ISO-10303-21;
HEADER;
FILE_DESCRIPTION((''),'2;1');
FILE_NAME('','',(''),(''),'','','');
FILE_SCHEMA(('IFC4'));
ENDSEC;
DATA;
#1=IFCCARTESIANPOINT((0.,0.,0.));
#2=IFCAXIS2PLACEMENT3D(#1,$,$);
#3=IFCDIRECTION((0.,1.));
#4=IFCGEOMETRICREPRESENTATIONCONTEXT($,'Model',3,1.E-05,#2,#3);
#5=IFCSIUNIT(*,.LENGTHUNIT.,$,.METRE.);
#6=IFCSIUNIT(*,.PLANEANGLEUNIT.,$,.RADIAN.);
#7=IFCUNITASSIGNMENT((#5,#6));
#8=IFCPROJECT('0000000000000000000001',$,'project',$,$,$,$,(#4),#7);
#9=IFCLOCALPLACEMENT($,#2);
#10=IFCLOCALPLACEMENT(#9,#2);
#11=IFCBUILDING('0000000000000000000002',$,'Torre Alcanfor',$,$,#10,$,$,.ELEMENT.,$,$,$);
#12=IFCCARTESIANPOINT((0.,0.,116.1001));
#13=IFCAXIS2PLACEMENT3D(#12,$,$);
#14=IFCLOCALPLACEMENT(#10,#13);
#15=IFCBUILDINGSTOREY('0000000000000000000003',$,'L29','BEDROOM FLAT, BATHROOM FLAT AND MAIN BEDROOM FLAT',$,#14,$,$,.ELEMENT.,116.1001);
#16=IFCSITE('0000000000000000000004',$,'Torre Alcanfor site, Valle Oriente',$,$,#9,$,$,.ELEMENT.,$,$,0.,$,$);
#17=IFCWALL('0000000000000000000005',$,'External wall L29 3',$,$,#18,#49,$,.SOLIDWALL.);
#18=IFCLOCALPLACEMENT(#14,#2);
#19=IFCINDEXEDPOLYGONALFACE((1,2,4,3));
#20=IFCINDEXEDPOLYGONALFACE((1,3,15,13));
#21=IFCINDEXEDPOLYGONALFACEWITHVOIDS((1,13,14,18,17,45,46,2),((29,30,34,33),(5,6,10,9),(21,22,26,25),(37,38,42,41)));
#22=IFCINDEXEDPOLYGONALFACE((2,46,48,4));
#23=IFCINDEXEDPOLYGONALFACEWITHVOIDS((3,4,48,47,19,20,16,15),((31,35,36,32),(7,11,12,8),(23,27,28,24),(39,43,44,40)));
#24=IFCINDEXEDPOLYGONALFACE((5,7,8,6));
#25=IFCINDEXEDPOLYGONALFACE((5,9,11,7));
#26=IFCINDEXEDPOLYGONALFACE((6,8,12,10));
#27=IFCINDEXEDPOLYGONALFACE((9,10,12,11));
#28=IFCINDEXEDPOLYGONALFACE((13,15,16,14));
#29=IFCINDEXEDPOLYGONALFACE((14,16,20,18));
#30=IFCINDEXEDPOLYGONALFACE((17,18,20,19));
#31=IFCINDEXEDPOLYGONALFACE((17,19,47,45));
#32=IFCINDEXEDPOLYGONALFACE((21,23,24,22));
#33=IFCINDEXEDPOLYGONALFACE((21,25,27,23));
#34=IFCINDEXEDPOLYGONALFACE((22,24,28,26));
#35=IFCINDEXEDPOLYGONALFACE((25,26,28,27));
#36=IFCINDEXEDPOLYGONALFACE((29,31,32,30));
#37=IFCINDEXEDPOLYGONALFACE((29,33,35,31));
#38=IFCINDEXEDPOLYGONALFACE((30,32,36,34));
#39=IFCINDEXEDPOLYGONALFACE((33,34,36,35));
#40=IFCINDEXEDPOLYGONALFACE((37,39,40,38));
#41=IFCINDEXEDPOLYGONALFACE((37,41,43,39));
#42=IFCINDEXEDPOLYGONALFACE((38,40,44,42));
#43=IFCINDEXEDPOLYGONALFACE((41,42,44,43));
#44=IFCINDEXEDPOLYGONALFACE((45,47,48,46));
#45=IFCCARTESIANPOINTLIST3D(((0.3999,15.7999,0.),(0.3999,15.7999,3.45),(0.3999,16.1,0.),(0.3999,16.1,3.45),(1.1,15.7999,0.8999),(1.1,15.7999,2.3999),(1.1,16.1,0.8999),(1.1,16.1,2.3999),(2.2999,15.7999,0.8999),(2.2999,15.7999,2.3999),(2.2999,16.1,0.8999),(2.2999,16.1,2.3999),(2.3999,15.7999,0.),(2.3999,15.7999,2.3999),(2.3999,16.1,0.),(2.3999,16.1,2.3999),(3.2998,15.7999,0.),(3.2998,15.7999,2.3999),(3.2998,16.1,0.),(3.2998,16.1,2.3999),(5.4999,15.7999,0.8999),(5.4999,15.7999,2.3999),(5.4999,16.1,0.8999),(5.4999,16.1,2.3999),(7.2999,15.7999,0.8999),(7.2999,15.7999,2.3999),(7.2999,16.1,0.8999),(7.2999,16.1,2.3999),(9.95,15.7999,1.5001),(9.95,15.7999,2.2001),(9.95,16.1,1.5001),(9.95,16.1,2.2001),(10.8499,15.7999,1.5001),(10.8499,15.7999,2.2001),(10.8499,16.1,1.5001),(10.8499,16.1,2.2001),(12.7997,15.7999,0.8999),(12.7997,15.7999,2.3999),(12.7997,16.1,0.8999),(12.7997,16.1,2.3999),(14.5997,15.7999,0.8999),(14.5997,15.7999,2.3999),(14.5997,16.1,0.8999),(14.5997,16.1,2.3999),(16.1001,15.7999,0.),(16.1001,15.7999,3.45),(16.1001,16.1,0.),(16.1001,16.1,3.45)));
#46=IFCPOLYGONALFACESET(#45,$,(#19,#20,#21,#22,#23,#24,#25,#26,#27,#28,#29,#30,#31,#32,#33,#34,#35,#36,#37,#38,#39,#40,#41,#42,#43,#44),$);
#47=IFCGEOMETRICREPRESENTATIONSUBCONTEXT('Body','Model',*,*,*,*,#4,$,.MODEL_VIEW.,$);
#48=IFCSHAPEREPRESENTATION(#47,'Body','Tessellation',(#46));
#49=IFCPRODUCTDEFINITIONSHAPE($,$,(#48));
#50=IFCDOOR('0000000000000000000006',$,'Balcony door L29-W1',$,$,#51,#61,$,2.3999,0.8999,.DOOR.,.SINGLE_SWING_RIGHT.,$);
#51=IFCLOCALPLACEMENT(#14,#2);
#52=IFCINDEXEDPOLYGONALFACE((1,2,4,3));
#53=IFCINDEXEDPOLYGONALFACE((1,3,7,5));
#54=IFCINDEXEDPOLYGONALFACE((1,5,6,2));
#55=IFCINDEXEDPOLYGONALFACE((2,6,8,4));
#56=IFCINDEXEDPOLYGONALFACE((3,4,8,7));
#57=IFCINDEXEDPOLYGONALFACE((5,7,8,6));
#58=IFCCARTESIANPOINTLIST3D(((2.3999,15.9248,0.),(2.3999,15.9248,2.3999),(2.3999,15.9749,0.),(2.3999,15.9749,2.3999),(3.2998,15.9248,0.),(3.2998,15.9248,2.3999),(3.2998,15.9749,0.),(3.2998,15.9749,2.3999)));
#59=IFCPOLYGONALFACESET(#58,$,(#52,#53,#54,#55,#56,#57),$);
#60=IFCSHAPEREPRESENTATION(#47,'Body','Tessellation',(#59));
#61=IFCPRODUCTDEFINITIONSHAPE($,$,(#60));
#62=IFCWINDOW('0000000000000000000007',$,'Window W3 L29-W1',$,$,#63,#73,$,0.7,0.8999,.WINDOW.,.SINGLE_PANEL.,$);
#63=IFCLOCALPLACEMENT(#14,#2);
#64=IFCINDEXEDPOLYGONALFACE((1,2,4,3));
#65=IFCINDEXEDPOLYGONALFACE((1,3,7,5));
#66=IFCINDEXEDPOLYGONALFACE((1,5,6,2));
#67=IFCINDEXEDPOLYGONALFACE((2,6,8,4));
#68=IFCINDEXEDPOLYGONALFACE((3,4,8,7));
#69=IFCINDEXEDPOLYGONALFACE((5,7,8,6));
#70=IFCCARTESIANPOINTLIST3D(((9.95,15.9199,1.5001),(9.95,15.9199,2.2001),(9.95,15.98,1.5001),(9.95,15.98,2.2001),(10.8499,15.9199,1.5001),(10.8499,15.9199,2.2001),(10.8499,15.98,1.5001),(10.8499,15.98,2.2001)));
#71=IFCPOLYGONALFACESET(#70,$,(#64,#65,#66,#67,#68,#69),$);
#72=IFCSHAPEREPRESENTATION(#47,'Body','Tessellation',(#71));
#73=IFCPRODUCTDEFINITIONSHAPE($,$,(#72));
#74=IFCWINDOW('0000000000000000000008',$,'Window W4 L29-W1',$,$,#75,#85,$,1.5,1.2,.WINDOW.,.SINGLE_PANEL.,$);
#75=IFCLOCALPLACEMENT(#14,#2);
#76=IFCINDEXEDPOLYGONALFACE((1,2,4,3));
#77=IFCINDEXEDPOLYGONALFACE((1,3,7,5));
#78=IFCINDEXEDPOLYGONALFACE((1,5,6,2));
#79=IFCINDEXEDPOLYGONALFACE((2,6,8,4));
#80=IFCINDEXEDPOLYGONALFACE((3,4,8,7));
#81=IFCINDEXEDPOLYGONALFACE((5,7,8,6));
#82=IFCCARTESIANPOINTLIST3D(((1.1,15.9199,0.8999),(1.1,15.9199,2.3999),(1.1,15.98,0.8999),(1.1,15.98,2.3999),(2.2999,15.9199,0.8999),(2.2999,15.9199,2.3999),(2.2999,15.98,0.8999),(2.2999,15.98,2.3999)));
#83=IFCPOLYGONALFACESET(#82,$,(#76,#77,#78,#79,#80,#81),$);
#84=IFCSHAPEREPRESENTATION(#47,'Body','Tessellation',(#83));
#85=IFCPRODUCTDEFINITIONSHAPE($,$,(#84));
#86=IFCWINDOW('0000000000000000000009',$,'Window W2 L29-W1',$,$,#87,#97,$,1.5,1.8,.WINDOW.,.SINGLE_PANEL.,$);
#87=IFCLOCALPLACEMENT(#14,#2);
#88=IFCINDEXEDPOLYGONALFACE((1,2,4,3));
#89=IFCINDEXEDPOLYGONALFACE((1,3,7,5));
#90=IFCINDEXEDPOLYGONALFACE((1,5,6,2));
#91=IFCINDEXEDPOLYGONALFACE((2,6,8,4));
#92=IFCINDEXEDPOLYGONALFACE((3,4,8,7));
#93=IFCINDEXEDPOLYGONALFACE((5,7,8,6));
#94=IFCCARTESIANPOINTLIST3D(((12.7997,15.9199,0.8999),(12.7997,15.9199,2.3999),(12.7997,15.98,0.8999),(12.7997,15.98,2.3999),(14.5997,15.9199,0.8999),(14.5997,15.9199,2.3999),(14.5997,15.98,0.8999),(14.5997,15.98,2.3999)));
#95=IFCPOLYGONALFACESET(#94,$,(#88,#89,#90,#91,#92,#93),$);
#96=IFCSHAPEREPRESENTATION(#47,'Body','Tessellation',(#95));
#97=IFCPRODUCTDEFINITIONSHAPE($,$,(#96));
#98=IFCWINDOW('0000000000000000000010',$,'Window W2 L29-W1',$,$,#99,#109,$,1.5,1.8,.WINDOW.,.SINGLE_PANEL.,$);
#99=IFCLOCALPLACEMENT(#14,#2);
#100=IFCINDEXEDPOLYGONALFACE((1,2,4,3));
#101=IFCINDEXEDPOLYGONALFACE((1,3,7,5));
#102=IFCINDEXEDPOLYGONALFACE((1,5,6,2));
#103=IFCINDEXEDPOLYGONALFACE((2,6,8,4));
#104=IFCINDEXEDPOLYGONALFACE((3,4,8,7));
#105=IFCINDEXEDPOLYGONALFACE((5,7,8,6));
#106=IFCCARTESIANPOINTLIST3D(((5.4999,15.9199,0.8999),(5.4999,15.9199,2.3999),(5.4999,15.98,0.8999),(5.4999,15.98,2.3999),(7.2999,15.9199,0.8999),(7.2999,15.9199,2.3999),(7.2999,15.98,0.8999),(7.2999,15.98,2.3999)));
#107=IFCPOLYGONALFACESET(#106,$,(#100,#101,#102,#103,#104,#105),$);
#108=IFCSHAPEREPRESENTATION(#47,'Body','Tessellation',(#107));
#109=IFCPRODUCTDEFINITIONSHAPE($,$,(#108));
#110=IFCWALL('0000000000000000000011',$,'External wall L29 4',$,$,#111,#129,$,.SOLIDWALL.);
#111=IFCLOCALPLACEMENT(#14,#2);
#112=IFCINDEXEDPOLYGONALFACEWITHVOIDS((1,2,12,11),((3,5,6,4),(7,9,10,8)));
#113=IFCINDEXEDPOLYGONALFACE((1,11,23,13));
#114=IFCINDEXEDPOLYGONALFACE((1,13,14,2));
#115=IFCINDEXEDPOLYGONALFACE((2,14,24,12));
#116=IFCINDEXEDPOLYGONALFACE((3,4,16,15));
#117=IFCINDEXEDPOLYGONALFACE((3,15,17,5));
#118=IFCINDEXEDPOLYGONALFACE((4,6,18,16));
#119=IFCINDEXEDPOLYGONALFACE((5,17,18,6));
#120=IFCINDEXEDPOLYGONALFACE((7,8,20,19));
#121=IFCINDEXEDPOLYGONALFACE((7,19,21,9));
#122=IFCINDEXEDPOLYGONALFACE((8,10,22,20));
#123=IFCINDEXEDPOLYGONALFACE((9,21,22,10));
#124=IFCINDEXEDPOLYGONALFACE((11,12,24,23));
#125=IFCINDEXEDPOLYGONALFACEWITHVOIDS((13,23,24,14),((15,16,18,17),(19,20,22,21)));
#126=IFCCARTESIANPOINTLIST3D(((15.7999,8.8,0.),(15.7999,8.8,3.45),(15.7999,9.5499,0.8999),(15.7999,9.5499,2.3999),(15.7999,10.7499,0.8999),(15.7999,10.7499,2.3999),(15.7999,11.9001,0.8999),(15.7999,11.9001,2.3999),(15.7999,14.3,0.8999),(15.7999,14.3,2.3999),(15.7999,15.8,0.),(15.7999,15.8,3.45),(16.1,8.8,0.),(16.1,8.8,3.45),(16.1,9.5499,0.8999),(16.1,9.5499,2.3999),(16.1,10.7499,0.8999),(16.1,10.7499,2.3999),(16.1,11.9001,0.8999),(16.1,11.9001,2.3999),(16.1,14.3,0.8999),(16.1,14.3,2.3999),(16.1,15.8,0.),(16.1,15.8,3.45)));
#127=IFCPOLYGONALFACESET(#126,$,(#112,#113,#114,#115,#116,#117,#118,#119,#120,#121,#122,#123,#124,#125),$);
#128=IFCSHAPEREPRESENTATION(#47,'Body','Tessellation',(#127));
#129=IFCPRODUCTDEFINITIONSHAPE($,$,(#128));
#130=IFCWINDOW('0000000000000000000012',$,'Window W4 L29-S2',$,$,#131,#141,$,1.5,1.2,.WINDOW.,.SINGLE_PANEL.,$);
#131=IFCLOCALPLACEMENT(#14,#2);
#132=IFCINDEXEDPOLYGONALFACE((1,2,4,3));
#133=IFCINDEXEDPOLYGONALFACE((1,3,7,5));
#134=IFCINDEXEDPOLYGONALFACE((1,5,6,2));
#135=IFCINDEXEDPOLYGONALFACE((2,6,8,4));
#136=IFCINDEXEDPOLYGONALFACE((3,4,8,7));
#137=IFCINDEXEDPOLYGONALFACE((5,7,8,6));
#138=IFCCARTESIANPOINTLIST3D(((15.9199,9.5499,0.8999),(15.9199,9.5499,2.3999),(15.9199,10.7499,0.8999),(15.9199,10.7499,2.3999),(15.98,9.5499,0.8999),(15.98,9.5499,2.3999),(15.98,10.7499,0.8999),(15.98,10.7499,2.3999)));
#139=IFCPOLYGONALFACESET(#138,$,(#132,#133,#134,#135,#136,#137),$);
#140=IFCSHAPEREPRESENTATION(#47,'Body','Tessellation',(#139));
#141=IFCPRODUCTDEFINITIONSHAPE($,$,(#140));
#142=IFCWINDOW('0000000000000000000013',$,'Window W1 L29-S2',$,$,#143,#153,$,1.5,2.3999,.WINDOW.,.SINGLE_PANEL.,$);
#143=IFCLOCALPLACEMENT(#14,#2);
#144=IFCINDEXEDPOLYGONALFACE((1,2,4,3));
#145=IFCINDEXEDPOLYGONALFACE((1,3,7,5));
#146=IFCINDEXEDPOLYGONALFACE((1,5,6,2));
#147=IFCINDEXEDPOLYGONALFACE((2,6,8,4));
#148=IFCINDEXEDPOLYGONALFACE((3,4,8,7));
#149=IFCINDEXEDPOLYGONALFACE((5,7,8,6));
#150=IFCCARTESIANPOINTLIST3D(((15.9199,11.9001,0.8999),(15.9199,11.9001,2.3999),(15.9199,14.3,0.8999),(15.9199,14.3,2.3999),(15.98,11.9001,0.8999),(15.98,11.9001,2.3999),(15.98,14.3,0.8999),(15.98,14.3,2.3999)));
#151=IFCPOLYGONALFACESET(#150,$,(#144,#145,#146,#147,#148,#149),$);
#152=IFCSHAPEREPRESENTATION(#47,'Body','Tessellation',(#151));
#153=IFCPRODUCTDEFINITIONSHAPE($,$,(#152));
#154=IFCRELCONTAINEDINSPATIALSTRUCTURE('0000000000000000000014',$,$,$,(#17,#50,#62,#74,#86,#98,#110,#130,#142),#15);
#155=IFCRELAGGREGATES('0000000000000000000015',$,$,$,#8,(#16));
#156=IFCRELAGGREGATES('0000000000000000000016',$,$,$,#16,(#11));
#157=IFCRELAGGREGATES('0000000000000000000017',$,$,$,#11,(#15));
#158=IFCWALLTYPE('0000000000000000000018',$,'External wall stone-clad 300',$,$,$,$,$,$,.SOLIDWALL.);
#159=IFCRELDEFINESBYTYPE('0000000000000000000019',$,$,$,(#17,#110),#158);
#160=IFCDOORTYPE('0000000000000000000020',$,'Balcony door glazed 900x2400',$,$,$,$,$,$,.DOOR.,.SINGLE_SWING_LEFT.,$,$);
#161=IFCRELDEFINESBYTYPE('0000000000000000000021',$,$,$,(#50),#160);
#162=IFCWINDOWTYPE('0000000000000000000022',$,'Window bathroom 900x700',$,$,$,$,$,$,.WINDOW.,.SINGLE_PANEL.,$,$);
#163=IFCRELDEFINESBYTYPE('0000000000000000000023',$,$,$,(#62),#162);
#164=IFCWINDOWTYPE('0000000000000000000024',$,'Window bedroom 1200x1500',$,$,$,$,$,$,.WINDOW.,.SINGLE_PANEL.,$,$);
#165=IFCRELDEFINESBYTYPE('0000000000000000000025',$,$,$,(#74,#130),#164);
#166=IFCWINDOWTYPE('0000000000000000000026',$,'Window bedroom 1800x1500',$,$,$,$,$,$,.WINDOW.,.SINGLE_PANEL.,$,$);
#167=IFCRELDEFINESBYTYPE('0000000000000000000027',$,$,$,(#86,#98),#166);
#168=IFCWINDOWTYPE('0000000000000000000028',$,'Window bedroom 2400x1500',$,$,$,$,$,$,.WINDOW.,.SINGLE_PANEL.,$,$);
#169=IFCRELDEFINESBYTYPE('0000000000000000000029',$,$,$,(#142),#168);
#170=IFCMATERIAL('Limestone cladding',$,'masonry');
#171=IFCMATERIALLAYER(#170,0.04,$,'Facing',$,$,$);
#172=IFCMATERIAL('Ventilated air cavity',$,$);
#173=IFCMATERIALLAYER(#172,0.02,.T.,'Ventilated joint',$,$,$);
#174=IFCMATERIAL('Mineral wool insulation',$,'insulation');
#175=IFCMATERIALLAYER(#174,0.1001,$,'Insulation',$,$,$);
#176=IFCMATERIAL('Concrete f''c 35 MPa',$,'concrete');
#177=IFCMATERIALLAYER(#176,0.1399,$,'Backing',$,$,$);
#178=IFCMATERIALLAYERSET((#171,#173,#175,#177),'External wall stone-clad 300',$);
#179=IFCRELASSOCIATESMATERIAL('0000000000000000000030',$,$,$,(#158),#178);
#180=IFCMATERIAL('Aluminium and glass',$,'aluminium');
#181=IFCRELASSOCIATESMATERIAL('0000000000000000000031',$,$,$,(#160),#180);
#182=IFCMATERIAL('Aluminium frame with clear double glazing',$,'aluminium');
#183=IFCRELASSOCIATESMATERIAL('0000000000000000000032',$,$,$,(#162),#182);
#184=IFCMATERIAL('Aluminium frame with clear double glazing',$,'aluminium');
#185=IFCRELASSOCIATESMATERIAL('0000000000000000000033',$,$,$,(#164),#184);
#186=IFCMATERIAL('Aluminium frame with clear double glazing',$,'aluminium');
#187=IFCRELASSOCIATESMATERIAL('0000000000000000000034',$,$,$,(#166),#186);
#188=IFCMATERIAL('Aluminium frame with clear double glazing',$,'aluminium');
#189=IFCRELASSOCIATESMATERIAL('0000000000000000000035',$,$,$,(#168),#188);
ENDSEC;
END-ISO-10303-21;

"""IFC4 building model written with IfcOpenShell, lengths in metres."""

from ifc_helpers import new_model, si_unit, direction, frame, frame_2d, origin, place, context, subcontext, project, spatial, rectangle, extrude, material, layer, layer_set, type_object, element, fill, save


model = new_model("IFC4")

# Units and contexts
model_context = context("Model", 3, precision=1e-05, world=origin(), true_north=direction((0.0, 1.0)))
body_context = subcontext(model_context, "Body", "Model", "MODEL_VIEW")
ifc_project = project(units=[si_unit("LENGTHUNIT", "METRE"), si_unit("PLANEANGLEUNIT", "RADIAN")], contexts=[model_context])

# Site, building, storey
site_placement = place(None, origin())
site = spatial("IfcSite", under=ifc_project, at=site_placement, Name="Torre Alcanfor site, Valle Oriente", CompositionType="ELEMENT", RefElevation=0.0)
building_placement = place(site_placement, origin())
building = spatial("IfcBuilding", under=site, at=building_placement, Name="Torre Alcanfor", CompositionType="ELEMENT")
storey_placement = place(building_placement, frame((0.0, 0.0, 116.1001)))
storey = spatial("IfcBuildingStorey", under=building, at=storey_placement, Name="L29", Description="BEDROOM FLAT, BATHROOM FLAT AND MAIN BEDROOM FLAT", CompositionType="ELEMENT", Elevation=116.1001)

# Wall, openings, door, windows
ifc_material_1 = material(Name="Limestone cladding", Category="masonry")
ifc_layer_1 = layer(ifc_material_1, 0.04, Name="Facing")
ifc_material_2 = material(Name="Ventilated air cavity")
ifc_layer_2 = layer(ifc_material_2, 0.02, ventilated=True, Name="Ventilated joint")
ifc_material_3 = material(Name="Mineral wool insulation", Category="insulation")
ifc_layer_3 = layer(ifc_material_3, 0.1001, Name="Insulation")
ifc_material_4 = material(Name="Concrete f'c 35 MPa", Category="concrete")
ifc_layer_4 = layer(ifc_material_4, 0.1399, Name="Backing")
ifc_layer_set_1 = layer_set([ifc_layer_1, ifc_layer_2, ifc_layer_3, ifc_layer_4], Name="External wall stone-clad 300")
wall_type = type_object("IfcWallType", Name="External wall stone-clad 300", PredefinedType="SOLIDWALL", material=ifc_layer_set_1)
wall_1_placement = place(storey_placement, frame((0.3999, 15.95, 0.0), z_axis=(0.0, 0.0, 1.0), x_axis=(1.0, 0.0, 0.0)))
wall_1 = element("IfcWall", 1, at=wall_1_placement, inside=storey, type_object=wall_type, Name="External wall L29 3", PredefinedType="SOLIDWALL", context=body_context, shape_type="SweptSolid", body=[
    extrude(rectangle(XDim=15.7002, YDim=0.3, at=frame_2d((7.8501, 0.0))), origin(), (0.0, 0.0, 1.0), 3.45),
])
opening_1_placement = place(wall_1_placement, frame((12.3999, 0.0, 0.8999)))
opening_1 = element("IfcOpeningElement", 2, at=opening_1_placement, cuts=wall_1, PredefinedType="OPENING", context=body_context, shape_type="SweptSolid", body=[
    extrude(rectangle(XDim=1.8, YDim=1.5, at=frame_2d((0.8999, 0.75))), frame((0.0, 0.1599, 0.0), z_axis=(0.0, -1.0, 0.0), x_axis=(1.0, 0.0, 0.0)), (0.0, 0.0, 1.0), 0.3201),
])
opening_2_placement = place(wall_1_placement, frame((9.55, 0.0, 1.5)))
opening_2 = element("IfcOpeningElement", 3, at=opening_2_placement, cuts=wall_1, PredefinedType="OPENING", context=body_context, shape_type="SweptSolid", body=[
    extrude(rectangle(XDim=0.8999, YDim=0.7, at=frame_2d((0.45, 0.3501))), frame((0.0, 0.1599, 0.0), z_axis=(0.0, -1.0, 0.0), x_axis=(1.0, 0.0, 0.0)), (0.0, 0.0, 1.0), 0.3201),
])
opening_3_placement = place(wall_1_placement, frame((5.1001, 0.0, 0.8999)))
opening_3 = element("IfcOpeningElement", 4, at=opening_3_placement, cuts=wall_1, PredefinedType="OPENING", context=body_context, shape_type="SweptSolid", body=[
    extrude(rectangle(XDim=1.8, YDim=1.5, at=frame_2d((0.8999, 0.75))), frame((0.0, 0.1599, 0.0), z_axis=(0.0, -1.0, 0.0), x_axis=(1.0, 0.0, 0.0)), (0.0, 0.0, 1.0), 0.3201),
])
opening_4_placement = place(wall_1_placement, frame((2.0, 0.0, 0.0)))
opening_4 = element("IfcOpeningElement", 5, at=opening_4_placement, cuts=wall_1, PredefinedType="OPENING", context=body_context, shape_type="SweptSolid", body=[
    extrude(rectangle(XDim=0.8999, YDim=2.3999, at=frame_2d((0.45, 1.2))), frame((0.0, 0.1599, 0.0), z_axis=(0.0, -1.0, 0.0), x_axis=(1.0, 0.0, 0.0)), (0.0, 0.0, 1.0), 0.3201),
])
opening_5_placement = place(wall_1_placement, frame((0.7, 0.0, 0.8999)))
opening_5 = element("IfcOpeningElement", 6, at=opening_5_placement, cuts=wall_1, PredefinedType="OPENING", context=body_context, shape_type="SweptSolid", body=[
    extrude(rectangle(XDim=1.2, YDim=1.5, at=frame_2d((0.6001, 0.75))), frame((0.0, 0.1599, 0.0), z_axis=(0.0, -1.0, 0.0), x_axis=(1.0, 0.0, 0.0)), (0.0, 0.0, 1.0), 0.3201),
])
ifc_material_5 = material(Name="Aluminium and glass", Category="aluminium")
door_type = type_object("IfcDoorType", Name="Balcony door glazed 900x2400", OperationType="SINGLE_SWING_LEFT", PredefinedType="DOOR", material=ifc_material_5)
door_placement = place(opening_4_placement, origin())
door = element("IfcDoor", 7, at=door_placement, inside=storey, type_object=door_type, Name="Balcony door L29-W1", OperationType="SINGLE_SWING_RIGHT", OverallHeight=2.3999, OverallWidth=0.8999, PredefinedType="DOOR", context=body_context, shape_type="SweptSolid", body=[
    extrude(rectangle(XDim=0.8999, YDim=2.3999, at=frame_2d((0.45, 1.2))), frame((0.0, 0.0249, 0.0), z_axis=(0.0, -1.0, 0.0), x_axis=(1.0, 0.0, 0.0)), (0.0, 0.0, 1.0), 0.05),
])
fill(opening_4, door)
ifc_material_6 = material(Name="Aluminium frame with clear double glazing", Category="aluminium")
window_type_1 = type_object("IfcWindowType", Name="Window bathroom 900x700", PartitioningType="SINGLE_PANEL", PredefinedType="WINDOW", material=ifc_material_6)
window_1_placement = place(opening_2_placement, origin())
window_1 = element("IfcWindow", 8, at=window_1_placement, inside=storey, type_object=window_type_1, Name="Window W3 L29-W1", OverallHeight=0.7, OverallWidth=0.8999, PartitioningType="SINGLE_PANEL", PredefinedType="WINDOW", context=body_context, shape_type="SweptSolid", body=[
    extrude(rectangle(XDim=0.8999, YDim=0.7, at=frame_2d((0.45, 0.3501))), frame((0.0, 0.03, 0.0), z_axis=(0.0, -1.0, 0.0), x_axis=(1.0, 0.0, 0.0)), (0.0, 0.0, 1.0), 0.0601),
])
fill(opening_2, window_1)
ifc_material_7 = material(Name="Aluminium frame with clear double glazing", Category="aluminium")
window_type_2 = type_object("IfcWindowType", Name="Window bedroom 1200x1500", PartitioningType="SINGLE_PANEL", PredefinedType="WINDOW", material=ifc_material_7)
window_2_placement = place(opening_5_placement, origin())
window_2 = element("IfcWindow", 9, at=window_2_placement, inside=storey, type_object=window_type_2, Name="Window W4 L29-W1", OverallHeight=1.5, OverallWidth=1.2, PartitioningType="SINGLE_PANEL", PredefinedType="WINDOW", context=body_context, shape_type="SweptSolid", body=[
    extrude(rectangle(XDim=1.2, YDim=1.5, at=frame_2d((0.6001, 0.75))), frame((0.0, 0.03, 0.0), z_axis=(0.0, -1.0, 0.0), x_axis=(1.0, 0.0, 0.0)), (0.0, 0.0, 1.0), 0.0601),
])
fill(opening_5, window_2)
ifc_material_8 = material(Name="Aluminium frame with clear double glazing", Category="aluminium")
window_type_3 = type_object("IfcWindowType", Name="Window bedroom 1800x1500", PartitioningType="SINGLE_PANEL", PredefinedType="WINDOW", material=ifc_material_8)
window_3_placement = place(opening_1_placement, origin())
window_3 = element("IfcWindow", 10, at=window_3_placement, inside=storey, type_object=window_type_3, Name="Window W2 L29-W1", OverallHeight=1.5, OverallWidth=1.8, PartitioningType="SINGLE_PANEL", PredefinedType="WINDOW", context=body_context, shape_type="SweptSolid", body=[
    extrude(rectangle(XDim=1.8, YDim=1.5, at=frame_2d((0.8999, 0.75))), frame((0.0, 0.03, 0.0), z_axis=(0.0, -1.0, 0.0), x_axis=(1.0, 0.0, 0.0)), (0.0, 0.0, 1.0), 0.0601),
])
fill(opening_1, window_3)
window_4_placement = place(opening_3_placement, origin())
window_4 = element("IfcWindow", 11, at=window_4_placement, inside=storey, type_object=window_type_3, Name="Window W2 L29-W1", OverallHeight=1.5, OverallWidth=1.8, PartitioningType="SINGLE_PANEL", PredefinedType="WINDOW", context=body_context, shape_type="SweptSolid", body=[
    extrude(rectangle(XDim=1.8, YDim=1.5, at=frame_2d((0.8999, 0.75))), frame((0.0, 0.03, 0.0), z_axis=(0.0, -1.0, 0.0), x_axis=(1.0, 0.0, 0.0)), (0.0, 0.0, 1.0), 0.0601),
])
fill(opening_3, window_4)

# Wall, openings, windows
wall_2_placement = place(storey_placement, frame((15.95, 15.8, 0.0), z_axis=(0.0, 0.0, 1.0), x_axis=(0.0, -1.0, 0.0)))
wall_2 = element("IfcWall", 12, at=wall_2_placement, inside=storey, type_object=wall_type, Name="External wall L29 4", PredefinedType="SOLIDWALL", context=body_context, shape_type="SweptSolid", body=[
    extrude(rectangle(XDim=7.0, YDim=0.3, at=frame_2d((3.5, 0.0))), origin(), (0.0, 0.0, 1.0), 3.45),
])
opening_6_placement = place(wall_2_placement, frame((1.5, 0.0, 0.8999)))
opening_6 = element("IfcOpeningElement", 13, at=opening_6_placement, cuts=wall_2, PredefinedType="OPENING", context=body_context, shape_type="SweptSolid", body=[
    extrude(rectangle(XDim=2.3999, YDim=1.5, at=frame_2d((1.2, 0.75))), frame((0.0, 0.1599, 0.0), z_axis=(0.0, -1.0, 0.0), x_axis=(1.0, 0.0, 0.0)), (0.0, 0.0, 1.0), 0.3201),
])
opening_7_placement = place(wall_2_placement, frame((5.05, 0.0, 0.8999)))
opening_7 = element("IfcOpeningElement", 14, at=opening_7_placement, cuts=wall_2, PredefinedType="OPENING", context=body_context, shape_type="SweptSolid", body=[
    extrude(rectangle(XDim=1.2, YDim=1.5, at=frame_2d((0.6001, 0.75))), frame((0.0, 0.1599, 0.0), z_axis=(0.0, -1.0, 0.0), x_axis=(1.0, 0.0, 0.0)), (0.0, 0.0, 1.0), 0.3201),
])
window_5_placement = place(opening_7_placement, origin())
window_5 = element("IfcWindow", 15, at=window_5_placement, inside=storey, type_object=window_type_2, Name="Window W4 L29-S2", OverallHeight=1.5, OverallWidth=1.2, PartitioningType="SINGLE_PANEL", PredefinedType="WINDOW", context=body_context, shape_type="SweptSolid", body=[
    extrude(rectangle(XDim=1.2, YDim=1.5, at=frame_2d((0.6001, 0.75))), frame((0.0, 0.03, 0.0), z_axis=(0.0, -1.0, 0.0), x_axis=(1.0, 0.0, 0.0)), (0.0, 0.0, 1.0), 0.0601),
])
fill(opening_7, window_5)
ifc_material_9 = material(Name="Aluminium frame with clear double glazing", Category="aluminium")
window_type_4 = type_object("IfcWindowType", Name="Window bedroom 2400x1500", PartitioningType="SINGLE_PANEL", PredefinedType="WINDOW", material=ifc_material_9)
window_6_placement = place(opening_6_placement, origin())
window_6 = element("IfcWindow", 16, at=window_6_placement, inside=storey, type_object=window_type_4, Name="Window W1 L29-S2", OverallHeight=1.5, OverallWidth=2.3999, PartitioningType="SINGLE_PANEL", PredefinedType="WINDOW", context=body_context, shape_type="SweptSolid", body=[
    extrude(rectangle(XDim=2.3999, YDim=1.5, at=frame_2d((1.2, 0.75))), frame((0.0, 0.03, 0.0), z_axis=(0.0, -1.0, 0.0), x_axis=(1.0, 0.0, 0.0)), (0.0, 0.0, 1.0), 0.0601),
])
fill(opening_6, window_6)

save(model, "model.ifc")
